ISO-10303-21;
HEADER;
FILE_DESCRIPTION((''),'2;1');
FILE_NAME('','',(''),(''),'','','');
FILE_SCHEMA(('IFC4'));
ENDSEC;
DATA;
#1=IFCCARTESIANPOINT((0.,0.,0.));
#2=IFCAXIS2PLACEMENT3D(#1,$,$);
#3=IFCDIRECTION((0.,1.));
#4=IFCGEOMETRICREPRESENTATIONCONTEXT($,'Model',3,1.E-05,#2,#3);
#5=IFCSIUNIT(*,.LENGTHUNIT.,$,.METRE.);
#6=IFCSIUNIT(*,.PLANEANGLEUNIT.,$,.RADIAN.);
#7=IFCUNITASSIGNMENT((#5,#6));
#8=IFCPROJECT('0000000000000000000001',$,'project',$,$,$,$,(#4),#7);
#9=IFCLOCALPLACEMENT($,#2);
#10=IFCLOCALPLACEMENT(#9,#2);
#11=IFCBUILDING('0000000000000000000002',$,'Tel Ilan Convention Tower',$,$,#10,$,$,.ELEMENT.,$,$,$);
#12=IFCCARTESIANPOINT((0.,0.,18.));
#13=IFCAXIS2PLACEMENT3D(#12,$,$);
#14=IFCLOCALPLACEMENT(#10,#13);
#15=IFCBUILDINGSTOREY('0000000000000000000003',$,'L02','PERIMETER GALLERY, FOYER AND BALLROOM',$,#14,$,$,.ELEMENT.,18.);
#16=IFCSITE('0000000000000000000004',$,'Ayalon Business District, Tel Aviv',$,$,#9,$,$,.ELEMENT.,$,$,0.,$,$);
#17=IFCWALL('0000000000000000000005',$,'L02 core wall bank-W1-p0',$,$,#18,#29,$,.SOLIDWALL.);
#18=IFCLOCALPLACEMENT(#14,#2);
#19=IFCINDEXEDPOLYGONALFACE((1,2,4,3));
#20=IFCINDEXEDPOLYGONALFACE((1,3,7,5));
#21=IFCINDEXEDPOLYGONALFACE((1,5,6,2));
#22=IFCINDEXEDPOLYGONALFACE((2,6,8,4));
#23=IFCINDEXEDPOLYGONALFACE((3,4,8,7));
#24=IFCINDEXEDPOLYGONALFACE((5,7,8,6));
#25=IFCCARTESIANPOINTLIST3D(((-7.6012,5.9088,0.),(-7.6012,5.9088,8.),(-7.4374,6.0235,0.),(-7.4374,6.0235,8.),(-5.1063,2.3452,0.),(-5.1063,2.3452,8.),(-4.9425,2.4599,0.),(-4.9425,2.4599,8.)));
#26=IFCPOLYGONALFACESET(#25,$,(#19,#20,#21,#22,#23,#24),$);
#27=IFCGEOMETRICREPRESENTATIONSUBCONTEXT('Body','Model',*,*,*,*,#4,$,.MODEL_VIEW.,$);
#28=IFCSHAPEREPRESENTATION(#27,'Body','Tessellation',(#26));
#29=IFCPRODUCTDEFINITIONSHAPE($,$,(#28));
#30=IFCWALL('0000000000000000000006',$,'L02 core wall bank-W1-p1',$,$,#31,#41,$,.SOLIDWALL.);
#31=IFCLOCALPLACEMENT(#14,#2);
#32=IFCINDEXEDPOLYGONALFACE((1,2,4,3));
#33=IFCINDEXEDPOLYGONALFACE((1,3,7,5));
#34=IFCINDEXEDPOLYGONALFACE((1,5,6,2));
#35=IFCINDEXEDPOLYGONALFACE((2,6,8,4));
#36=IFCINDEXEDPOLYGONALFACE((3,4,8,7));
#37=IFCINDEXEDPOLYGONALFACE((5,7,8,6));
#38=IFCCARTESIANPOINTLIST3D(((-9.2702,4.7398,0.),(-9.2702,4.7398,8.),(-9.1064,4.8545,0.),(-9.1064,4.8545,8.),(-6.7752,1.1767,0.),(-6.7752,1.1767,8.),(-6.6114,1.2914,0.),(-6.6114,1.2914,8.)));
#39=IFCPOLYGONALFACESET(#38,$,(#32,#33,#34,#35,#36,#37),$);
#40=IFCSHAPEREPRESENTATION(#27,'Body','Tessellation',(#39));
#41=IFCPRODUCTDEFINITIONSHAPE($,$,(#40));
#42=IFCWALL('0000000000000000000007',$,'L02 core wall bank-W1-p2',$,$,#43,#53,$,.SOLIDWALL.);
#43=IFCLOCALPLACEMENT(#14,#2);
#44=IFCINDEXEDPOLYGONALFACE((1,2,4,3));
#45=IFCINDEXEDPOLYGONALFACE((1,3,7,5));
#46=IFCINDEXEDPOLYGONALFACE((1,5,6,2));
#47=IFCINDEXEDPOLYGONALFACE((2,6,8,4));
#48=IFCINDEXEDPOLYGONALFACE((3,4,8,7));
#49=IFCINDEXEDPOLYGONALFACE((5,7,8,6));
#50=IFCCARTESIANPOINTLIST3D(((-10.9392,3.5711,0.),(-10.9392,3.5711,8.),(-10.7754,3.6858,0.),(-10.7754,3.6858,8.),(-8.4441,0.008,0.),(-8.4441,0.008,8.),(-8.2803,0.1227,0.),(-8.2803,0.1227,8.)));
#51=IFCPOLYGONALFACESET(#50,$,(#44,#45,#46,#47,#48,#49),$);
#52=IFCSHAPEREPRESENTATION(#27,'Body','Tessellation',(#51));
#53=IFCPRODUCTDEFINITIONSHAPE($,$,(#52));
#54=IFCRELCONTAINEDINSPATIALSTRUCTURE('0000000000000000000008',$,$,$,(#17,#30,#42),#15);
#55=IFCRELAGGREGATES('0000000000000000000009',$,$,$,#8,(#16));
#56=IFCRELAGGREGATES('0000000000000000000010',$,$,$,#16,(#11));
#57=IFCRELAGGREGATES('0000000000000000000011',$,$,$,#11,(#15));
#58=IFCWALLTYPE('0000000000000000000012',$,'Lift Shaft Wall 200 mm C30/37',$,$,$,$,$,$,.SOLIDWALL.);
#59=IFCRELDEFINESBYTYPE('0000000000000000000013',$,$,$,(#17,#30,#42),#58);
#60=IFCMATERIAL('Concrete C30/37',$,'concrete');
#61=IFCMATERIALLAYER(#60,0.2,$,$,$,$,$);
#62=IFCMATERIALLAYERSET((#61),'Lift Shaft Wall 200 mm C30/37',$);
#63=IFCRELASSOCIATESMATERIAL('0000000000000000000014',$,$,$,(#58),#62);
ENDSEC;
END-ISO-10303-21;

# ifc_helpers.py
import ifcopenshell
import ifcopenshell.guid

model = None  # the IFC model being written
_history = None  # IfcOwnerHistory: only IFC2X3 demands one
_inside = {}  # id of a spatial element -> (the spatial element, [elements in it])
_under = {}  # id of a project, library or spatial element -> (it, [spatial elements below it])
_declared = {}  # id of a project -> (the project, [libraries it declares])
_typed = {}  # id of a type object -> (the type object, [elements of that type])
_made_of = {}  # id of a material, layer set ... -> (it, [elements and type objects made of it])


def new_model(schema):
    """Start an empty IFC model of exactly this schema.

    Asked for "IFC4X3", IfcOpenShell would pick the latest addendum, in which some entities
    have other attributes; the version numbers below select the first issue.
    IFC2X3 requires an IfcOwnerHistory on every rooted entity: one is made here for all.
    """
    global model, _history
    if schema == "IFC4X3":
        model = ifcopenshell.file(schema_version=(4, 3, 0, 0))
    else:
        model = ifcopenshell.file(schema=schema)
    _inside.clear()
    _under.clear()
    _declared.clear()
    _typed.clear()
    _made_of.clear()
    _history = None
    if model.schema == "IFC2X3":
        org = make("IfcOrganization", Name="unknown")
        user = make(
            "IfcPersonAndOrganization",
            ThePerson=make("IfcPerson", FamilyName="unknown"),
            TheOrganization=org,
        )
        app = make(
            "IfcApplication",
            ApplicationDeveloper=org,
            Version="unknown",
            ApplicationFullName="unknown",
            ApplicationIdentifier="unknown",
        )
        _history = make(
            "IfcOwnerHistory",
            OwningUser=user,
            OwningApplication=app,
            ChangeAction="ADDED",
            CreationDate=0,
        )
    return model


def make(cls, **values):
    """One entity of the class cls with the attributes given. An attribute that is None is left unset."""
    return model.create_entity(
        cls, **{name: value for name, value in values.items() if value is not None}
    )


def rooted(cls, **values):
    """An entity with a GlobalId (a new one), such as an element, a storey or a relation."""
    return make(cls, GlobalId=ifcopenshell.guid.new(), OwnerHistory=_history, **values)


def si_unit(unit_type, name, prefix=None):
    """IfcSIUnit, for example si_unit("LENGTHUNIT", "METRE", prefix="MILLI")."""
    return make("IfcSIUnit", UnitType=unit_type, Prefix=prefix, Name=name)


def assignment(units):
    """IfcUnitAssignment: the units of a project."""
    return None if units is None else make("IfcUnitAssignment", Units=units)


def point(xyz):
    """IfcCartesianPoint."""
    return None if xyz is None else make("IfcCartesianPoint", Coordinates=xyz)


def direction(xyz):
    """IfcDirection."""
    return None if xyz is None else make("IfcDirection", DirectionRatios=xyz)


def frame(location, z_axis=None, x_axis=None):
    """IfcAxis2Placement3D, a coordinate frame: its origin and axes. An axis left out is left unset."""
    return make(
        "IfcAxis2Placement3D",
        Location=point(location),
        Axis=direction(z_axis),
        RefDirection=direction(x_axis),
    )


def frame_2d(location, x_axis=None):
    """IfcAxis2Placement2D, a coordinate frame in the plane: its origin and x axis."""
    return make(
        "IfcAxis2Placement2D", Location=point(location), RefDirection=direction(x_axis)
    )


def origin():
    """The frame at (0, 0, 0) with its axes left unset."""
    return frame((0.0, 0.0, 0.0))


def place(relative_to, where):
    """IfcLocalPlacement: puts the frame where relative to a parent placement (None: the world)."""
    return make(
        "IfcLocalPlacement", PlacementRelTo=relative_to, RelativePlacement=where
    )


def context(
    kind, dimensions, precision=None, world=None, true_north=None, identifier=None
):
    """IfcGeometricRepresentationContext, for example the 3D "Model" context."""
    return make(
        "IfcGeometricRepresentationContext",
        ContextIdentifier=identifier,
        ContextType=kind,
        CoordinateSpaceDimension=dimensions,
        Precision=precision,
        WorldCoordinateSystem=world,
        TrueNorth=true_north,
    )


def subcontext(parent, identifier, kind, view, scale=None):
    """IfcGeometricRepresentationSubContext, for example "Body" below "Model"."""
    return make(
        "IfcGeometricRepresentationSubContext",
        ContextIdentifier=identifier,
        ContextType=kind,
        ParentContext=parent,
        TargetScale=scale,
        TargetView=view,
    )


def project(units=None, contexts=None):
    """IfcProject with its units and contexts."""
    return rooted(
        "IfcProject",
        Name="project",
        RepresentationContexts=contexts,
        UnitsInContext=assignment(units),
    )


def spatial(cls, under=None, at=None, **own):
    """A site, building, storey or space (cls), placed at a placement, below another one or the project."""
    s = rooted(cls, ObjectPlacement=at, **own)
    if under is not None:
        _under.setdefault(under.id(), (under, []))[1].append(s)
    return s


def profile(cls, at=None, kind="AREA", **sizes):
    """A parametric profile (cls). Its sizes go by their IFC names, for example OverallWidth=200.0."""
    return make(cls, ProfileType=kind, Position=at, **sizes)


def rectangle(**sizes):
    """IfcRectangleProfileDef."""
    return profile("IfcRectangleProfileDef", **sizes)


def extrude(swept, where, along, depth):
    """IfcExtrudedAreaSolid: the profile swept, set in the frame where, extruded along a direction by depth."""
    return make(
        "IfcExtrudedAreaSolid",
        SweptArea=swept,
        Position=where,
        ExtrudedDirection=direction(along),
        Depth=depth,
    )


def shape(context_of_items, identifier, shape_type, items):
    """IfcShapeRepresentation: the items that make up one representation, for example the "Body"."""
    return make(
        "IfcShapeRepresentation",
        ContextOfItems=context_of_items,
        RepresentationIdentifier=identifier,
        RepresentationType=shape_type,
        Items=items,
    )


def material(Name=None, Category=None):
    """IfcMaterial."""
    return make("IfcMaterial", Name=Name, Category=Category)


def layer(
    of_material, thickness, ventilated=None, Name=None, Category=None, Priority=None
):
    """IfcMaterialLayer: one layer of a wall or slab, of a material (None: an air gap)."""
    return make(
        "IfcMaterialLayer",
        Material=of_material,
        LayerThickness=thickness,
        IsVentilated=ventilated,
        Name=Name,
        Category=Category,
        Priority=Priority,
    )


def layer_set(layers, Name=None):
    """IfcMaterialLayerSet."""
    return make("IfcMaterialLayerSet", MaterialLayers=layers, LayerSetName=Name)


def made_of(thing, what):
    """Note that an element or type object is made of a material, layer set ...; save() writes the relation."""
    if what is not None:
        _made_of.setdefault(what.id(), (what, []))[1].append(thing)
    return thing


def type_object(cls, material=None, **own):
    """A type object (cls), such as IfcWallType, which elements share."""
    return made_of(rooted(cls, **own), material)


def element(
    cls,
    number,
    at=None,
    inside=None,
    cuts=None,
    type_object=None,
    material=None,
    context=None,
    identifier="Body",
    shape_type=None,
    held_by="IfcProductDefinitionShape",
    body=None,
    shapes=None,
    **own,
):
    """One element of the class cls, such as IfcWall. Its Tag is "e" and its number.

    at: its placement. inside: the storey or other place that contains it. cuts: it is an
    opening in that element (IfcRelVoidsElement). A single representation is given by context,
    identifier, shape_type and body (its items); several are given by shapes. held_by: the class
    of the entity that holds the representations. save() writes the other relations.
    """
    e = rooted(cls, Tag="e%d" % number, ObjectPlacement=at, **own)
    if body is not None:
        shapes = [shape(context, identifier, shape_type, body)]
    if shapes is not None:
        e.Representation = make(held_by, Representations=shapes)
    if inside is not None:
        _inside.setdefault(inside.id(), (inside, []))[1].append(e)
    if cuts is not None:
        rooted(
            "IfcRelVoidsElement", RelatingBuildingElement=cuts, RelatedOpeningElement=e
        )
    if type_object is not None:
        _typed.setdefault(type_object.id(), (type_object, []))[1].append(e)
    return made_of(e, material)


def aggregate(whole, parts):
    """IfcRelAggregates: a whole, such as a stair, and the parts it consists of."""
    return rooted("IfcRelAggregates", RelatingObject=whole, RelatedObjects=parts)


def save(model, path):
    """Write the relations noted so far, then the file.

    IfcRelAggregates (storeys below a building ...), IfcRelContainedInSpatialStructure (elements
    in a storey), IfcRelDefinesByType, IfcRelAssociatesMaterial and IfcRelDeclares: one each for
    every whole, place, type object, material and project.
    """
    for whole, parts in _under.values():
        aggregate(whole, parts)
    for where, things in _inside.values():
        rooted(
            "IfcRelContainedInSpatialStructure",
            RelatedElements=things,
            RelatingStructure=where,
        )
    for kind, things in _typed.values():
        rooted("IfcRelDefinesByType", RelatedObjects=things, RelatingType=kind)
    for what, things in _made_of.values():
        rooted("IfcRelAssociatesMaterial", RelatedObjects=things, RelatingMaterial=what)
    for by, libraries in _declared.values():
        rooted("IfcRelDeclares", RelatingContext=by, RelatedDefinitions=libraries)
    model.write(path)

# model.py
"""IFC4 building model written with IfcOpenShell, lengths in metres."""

from ifc_helpers import new_model, si_unit, direction, frame, frame_2d, origin, place, context, subcontext, project, spatial, rectangle, extrude, material, layer, layer_set, type_object, element, save


model = new_model("IFC4")

# Units and contexts
model_context = context("Model", 3, precision=1e-05, world=origin(), true_north=direction((0.0, 1.0)))
body_context = subcontext(model_context, "Body", "Model", "MODEL_VIEW")
ifc_project = project(units=[si_unit("LENGTHUNIT", "METRE"), si_unit("PLANEANGLEUNIT", "RADIAN")], contexts=[model_context])

# Site, building, storey
site_placement = place(None, origin())
site = spatial("IfcSite", under=ifc_project, at=site_placement, Name="Ayalon Business District, Tel Aviv", CompositionType="ELEMENT", RefElevation=0.0)
building_placement = place(site_placement, origin())
building = spatial("IfcBuilding", under=site, at=building_placement, Name="Tel Ilan Convention Tower", CompositionType="ELEMENT")
storey_placement = place(building_placement, frame((0.0, 0.0, 18.0)))
storey = spatial("IfcBuildingStorey", under=building, at=storey_placement, Name="L02", Description="PERIMETER GALLERY, FOYER AND BALLROOM", CompositionType="ELEMENT", Elevation=18.0)

# Walls
ifc_material_1 = material(Name="Concrete C30/37", Category="concrete")
ifc_layer_1 = layer(ifc_material_1, 0.2)
ifc_layer_set_1 = layer_set([ifc_layer_1], Name="Lift Shaft Wall 200 mm C30/37")
wall_type_1 = type_object("IfcWallType", Name="Lift Shaft Wall 200 mm C30/37", PredefinedType="SOLIDWALL", material=ifc_layer_set_1)
wall_1_placement = place(storey_placement, frame((-5.0244, 2.4026, 0.0), z_axis=(0.0, 0.0, 1.0), x_axis=(-0.57353, 0.819184, 0.0)))
element("IfcWall", 1, at=wall_1_placement, inside=storey, type_object=wall_type_1, Name="L02 core wall bank-W1-p0", PredefinedType="SOLIDWALL", context=body_context, shape_type="SweptSolid", body=[
    extrude(rectangle(XDim=4.3501, YDim=0.2, at=frame_2d((2.175, 0.0))), origin(), (0.0, 0.0, 1.0), 8.0),
])
for number, where, z_axis, x_axis, name in (
    (2, (-6.6934, 1.2341, 0.0), (0.0, 0.0, 1.0), (-0.573594, 0.81914, 0.0), "L02 core wall bank-W1-p1"),
    (3, (-8.3623, 0.0654, 0.0), (0.0, 0.0, 1.0), (-0.573594, 0.81914, 0.0), "L02 core wall bank-W1-p2"),
):
    element("IfcWall", number, at=place(storey_placement, frame(where, z_axis=z_axis, x_axis=x_axis)), inside=storey, type_object=wall_type_1, Name=name, PredefinedType="SOLIDWALL", context=body_context, shape_type="SweptSolid", body=[
        extrude(rectangle(XDim=4.3499, YDim=0.2, at=frame_2d((2.1748, 0.0))), origin(), (0.0, 0.0, 1.0), 8.0),
    ])

save(model, "model.ifc")
